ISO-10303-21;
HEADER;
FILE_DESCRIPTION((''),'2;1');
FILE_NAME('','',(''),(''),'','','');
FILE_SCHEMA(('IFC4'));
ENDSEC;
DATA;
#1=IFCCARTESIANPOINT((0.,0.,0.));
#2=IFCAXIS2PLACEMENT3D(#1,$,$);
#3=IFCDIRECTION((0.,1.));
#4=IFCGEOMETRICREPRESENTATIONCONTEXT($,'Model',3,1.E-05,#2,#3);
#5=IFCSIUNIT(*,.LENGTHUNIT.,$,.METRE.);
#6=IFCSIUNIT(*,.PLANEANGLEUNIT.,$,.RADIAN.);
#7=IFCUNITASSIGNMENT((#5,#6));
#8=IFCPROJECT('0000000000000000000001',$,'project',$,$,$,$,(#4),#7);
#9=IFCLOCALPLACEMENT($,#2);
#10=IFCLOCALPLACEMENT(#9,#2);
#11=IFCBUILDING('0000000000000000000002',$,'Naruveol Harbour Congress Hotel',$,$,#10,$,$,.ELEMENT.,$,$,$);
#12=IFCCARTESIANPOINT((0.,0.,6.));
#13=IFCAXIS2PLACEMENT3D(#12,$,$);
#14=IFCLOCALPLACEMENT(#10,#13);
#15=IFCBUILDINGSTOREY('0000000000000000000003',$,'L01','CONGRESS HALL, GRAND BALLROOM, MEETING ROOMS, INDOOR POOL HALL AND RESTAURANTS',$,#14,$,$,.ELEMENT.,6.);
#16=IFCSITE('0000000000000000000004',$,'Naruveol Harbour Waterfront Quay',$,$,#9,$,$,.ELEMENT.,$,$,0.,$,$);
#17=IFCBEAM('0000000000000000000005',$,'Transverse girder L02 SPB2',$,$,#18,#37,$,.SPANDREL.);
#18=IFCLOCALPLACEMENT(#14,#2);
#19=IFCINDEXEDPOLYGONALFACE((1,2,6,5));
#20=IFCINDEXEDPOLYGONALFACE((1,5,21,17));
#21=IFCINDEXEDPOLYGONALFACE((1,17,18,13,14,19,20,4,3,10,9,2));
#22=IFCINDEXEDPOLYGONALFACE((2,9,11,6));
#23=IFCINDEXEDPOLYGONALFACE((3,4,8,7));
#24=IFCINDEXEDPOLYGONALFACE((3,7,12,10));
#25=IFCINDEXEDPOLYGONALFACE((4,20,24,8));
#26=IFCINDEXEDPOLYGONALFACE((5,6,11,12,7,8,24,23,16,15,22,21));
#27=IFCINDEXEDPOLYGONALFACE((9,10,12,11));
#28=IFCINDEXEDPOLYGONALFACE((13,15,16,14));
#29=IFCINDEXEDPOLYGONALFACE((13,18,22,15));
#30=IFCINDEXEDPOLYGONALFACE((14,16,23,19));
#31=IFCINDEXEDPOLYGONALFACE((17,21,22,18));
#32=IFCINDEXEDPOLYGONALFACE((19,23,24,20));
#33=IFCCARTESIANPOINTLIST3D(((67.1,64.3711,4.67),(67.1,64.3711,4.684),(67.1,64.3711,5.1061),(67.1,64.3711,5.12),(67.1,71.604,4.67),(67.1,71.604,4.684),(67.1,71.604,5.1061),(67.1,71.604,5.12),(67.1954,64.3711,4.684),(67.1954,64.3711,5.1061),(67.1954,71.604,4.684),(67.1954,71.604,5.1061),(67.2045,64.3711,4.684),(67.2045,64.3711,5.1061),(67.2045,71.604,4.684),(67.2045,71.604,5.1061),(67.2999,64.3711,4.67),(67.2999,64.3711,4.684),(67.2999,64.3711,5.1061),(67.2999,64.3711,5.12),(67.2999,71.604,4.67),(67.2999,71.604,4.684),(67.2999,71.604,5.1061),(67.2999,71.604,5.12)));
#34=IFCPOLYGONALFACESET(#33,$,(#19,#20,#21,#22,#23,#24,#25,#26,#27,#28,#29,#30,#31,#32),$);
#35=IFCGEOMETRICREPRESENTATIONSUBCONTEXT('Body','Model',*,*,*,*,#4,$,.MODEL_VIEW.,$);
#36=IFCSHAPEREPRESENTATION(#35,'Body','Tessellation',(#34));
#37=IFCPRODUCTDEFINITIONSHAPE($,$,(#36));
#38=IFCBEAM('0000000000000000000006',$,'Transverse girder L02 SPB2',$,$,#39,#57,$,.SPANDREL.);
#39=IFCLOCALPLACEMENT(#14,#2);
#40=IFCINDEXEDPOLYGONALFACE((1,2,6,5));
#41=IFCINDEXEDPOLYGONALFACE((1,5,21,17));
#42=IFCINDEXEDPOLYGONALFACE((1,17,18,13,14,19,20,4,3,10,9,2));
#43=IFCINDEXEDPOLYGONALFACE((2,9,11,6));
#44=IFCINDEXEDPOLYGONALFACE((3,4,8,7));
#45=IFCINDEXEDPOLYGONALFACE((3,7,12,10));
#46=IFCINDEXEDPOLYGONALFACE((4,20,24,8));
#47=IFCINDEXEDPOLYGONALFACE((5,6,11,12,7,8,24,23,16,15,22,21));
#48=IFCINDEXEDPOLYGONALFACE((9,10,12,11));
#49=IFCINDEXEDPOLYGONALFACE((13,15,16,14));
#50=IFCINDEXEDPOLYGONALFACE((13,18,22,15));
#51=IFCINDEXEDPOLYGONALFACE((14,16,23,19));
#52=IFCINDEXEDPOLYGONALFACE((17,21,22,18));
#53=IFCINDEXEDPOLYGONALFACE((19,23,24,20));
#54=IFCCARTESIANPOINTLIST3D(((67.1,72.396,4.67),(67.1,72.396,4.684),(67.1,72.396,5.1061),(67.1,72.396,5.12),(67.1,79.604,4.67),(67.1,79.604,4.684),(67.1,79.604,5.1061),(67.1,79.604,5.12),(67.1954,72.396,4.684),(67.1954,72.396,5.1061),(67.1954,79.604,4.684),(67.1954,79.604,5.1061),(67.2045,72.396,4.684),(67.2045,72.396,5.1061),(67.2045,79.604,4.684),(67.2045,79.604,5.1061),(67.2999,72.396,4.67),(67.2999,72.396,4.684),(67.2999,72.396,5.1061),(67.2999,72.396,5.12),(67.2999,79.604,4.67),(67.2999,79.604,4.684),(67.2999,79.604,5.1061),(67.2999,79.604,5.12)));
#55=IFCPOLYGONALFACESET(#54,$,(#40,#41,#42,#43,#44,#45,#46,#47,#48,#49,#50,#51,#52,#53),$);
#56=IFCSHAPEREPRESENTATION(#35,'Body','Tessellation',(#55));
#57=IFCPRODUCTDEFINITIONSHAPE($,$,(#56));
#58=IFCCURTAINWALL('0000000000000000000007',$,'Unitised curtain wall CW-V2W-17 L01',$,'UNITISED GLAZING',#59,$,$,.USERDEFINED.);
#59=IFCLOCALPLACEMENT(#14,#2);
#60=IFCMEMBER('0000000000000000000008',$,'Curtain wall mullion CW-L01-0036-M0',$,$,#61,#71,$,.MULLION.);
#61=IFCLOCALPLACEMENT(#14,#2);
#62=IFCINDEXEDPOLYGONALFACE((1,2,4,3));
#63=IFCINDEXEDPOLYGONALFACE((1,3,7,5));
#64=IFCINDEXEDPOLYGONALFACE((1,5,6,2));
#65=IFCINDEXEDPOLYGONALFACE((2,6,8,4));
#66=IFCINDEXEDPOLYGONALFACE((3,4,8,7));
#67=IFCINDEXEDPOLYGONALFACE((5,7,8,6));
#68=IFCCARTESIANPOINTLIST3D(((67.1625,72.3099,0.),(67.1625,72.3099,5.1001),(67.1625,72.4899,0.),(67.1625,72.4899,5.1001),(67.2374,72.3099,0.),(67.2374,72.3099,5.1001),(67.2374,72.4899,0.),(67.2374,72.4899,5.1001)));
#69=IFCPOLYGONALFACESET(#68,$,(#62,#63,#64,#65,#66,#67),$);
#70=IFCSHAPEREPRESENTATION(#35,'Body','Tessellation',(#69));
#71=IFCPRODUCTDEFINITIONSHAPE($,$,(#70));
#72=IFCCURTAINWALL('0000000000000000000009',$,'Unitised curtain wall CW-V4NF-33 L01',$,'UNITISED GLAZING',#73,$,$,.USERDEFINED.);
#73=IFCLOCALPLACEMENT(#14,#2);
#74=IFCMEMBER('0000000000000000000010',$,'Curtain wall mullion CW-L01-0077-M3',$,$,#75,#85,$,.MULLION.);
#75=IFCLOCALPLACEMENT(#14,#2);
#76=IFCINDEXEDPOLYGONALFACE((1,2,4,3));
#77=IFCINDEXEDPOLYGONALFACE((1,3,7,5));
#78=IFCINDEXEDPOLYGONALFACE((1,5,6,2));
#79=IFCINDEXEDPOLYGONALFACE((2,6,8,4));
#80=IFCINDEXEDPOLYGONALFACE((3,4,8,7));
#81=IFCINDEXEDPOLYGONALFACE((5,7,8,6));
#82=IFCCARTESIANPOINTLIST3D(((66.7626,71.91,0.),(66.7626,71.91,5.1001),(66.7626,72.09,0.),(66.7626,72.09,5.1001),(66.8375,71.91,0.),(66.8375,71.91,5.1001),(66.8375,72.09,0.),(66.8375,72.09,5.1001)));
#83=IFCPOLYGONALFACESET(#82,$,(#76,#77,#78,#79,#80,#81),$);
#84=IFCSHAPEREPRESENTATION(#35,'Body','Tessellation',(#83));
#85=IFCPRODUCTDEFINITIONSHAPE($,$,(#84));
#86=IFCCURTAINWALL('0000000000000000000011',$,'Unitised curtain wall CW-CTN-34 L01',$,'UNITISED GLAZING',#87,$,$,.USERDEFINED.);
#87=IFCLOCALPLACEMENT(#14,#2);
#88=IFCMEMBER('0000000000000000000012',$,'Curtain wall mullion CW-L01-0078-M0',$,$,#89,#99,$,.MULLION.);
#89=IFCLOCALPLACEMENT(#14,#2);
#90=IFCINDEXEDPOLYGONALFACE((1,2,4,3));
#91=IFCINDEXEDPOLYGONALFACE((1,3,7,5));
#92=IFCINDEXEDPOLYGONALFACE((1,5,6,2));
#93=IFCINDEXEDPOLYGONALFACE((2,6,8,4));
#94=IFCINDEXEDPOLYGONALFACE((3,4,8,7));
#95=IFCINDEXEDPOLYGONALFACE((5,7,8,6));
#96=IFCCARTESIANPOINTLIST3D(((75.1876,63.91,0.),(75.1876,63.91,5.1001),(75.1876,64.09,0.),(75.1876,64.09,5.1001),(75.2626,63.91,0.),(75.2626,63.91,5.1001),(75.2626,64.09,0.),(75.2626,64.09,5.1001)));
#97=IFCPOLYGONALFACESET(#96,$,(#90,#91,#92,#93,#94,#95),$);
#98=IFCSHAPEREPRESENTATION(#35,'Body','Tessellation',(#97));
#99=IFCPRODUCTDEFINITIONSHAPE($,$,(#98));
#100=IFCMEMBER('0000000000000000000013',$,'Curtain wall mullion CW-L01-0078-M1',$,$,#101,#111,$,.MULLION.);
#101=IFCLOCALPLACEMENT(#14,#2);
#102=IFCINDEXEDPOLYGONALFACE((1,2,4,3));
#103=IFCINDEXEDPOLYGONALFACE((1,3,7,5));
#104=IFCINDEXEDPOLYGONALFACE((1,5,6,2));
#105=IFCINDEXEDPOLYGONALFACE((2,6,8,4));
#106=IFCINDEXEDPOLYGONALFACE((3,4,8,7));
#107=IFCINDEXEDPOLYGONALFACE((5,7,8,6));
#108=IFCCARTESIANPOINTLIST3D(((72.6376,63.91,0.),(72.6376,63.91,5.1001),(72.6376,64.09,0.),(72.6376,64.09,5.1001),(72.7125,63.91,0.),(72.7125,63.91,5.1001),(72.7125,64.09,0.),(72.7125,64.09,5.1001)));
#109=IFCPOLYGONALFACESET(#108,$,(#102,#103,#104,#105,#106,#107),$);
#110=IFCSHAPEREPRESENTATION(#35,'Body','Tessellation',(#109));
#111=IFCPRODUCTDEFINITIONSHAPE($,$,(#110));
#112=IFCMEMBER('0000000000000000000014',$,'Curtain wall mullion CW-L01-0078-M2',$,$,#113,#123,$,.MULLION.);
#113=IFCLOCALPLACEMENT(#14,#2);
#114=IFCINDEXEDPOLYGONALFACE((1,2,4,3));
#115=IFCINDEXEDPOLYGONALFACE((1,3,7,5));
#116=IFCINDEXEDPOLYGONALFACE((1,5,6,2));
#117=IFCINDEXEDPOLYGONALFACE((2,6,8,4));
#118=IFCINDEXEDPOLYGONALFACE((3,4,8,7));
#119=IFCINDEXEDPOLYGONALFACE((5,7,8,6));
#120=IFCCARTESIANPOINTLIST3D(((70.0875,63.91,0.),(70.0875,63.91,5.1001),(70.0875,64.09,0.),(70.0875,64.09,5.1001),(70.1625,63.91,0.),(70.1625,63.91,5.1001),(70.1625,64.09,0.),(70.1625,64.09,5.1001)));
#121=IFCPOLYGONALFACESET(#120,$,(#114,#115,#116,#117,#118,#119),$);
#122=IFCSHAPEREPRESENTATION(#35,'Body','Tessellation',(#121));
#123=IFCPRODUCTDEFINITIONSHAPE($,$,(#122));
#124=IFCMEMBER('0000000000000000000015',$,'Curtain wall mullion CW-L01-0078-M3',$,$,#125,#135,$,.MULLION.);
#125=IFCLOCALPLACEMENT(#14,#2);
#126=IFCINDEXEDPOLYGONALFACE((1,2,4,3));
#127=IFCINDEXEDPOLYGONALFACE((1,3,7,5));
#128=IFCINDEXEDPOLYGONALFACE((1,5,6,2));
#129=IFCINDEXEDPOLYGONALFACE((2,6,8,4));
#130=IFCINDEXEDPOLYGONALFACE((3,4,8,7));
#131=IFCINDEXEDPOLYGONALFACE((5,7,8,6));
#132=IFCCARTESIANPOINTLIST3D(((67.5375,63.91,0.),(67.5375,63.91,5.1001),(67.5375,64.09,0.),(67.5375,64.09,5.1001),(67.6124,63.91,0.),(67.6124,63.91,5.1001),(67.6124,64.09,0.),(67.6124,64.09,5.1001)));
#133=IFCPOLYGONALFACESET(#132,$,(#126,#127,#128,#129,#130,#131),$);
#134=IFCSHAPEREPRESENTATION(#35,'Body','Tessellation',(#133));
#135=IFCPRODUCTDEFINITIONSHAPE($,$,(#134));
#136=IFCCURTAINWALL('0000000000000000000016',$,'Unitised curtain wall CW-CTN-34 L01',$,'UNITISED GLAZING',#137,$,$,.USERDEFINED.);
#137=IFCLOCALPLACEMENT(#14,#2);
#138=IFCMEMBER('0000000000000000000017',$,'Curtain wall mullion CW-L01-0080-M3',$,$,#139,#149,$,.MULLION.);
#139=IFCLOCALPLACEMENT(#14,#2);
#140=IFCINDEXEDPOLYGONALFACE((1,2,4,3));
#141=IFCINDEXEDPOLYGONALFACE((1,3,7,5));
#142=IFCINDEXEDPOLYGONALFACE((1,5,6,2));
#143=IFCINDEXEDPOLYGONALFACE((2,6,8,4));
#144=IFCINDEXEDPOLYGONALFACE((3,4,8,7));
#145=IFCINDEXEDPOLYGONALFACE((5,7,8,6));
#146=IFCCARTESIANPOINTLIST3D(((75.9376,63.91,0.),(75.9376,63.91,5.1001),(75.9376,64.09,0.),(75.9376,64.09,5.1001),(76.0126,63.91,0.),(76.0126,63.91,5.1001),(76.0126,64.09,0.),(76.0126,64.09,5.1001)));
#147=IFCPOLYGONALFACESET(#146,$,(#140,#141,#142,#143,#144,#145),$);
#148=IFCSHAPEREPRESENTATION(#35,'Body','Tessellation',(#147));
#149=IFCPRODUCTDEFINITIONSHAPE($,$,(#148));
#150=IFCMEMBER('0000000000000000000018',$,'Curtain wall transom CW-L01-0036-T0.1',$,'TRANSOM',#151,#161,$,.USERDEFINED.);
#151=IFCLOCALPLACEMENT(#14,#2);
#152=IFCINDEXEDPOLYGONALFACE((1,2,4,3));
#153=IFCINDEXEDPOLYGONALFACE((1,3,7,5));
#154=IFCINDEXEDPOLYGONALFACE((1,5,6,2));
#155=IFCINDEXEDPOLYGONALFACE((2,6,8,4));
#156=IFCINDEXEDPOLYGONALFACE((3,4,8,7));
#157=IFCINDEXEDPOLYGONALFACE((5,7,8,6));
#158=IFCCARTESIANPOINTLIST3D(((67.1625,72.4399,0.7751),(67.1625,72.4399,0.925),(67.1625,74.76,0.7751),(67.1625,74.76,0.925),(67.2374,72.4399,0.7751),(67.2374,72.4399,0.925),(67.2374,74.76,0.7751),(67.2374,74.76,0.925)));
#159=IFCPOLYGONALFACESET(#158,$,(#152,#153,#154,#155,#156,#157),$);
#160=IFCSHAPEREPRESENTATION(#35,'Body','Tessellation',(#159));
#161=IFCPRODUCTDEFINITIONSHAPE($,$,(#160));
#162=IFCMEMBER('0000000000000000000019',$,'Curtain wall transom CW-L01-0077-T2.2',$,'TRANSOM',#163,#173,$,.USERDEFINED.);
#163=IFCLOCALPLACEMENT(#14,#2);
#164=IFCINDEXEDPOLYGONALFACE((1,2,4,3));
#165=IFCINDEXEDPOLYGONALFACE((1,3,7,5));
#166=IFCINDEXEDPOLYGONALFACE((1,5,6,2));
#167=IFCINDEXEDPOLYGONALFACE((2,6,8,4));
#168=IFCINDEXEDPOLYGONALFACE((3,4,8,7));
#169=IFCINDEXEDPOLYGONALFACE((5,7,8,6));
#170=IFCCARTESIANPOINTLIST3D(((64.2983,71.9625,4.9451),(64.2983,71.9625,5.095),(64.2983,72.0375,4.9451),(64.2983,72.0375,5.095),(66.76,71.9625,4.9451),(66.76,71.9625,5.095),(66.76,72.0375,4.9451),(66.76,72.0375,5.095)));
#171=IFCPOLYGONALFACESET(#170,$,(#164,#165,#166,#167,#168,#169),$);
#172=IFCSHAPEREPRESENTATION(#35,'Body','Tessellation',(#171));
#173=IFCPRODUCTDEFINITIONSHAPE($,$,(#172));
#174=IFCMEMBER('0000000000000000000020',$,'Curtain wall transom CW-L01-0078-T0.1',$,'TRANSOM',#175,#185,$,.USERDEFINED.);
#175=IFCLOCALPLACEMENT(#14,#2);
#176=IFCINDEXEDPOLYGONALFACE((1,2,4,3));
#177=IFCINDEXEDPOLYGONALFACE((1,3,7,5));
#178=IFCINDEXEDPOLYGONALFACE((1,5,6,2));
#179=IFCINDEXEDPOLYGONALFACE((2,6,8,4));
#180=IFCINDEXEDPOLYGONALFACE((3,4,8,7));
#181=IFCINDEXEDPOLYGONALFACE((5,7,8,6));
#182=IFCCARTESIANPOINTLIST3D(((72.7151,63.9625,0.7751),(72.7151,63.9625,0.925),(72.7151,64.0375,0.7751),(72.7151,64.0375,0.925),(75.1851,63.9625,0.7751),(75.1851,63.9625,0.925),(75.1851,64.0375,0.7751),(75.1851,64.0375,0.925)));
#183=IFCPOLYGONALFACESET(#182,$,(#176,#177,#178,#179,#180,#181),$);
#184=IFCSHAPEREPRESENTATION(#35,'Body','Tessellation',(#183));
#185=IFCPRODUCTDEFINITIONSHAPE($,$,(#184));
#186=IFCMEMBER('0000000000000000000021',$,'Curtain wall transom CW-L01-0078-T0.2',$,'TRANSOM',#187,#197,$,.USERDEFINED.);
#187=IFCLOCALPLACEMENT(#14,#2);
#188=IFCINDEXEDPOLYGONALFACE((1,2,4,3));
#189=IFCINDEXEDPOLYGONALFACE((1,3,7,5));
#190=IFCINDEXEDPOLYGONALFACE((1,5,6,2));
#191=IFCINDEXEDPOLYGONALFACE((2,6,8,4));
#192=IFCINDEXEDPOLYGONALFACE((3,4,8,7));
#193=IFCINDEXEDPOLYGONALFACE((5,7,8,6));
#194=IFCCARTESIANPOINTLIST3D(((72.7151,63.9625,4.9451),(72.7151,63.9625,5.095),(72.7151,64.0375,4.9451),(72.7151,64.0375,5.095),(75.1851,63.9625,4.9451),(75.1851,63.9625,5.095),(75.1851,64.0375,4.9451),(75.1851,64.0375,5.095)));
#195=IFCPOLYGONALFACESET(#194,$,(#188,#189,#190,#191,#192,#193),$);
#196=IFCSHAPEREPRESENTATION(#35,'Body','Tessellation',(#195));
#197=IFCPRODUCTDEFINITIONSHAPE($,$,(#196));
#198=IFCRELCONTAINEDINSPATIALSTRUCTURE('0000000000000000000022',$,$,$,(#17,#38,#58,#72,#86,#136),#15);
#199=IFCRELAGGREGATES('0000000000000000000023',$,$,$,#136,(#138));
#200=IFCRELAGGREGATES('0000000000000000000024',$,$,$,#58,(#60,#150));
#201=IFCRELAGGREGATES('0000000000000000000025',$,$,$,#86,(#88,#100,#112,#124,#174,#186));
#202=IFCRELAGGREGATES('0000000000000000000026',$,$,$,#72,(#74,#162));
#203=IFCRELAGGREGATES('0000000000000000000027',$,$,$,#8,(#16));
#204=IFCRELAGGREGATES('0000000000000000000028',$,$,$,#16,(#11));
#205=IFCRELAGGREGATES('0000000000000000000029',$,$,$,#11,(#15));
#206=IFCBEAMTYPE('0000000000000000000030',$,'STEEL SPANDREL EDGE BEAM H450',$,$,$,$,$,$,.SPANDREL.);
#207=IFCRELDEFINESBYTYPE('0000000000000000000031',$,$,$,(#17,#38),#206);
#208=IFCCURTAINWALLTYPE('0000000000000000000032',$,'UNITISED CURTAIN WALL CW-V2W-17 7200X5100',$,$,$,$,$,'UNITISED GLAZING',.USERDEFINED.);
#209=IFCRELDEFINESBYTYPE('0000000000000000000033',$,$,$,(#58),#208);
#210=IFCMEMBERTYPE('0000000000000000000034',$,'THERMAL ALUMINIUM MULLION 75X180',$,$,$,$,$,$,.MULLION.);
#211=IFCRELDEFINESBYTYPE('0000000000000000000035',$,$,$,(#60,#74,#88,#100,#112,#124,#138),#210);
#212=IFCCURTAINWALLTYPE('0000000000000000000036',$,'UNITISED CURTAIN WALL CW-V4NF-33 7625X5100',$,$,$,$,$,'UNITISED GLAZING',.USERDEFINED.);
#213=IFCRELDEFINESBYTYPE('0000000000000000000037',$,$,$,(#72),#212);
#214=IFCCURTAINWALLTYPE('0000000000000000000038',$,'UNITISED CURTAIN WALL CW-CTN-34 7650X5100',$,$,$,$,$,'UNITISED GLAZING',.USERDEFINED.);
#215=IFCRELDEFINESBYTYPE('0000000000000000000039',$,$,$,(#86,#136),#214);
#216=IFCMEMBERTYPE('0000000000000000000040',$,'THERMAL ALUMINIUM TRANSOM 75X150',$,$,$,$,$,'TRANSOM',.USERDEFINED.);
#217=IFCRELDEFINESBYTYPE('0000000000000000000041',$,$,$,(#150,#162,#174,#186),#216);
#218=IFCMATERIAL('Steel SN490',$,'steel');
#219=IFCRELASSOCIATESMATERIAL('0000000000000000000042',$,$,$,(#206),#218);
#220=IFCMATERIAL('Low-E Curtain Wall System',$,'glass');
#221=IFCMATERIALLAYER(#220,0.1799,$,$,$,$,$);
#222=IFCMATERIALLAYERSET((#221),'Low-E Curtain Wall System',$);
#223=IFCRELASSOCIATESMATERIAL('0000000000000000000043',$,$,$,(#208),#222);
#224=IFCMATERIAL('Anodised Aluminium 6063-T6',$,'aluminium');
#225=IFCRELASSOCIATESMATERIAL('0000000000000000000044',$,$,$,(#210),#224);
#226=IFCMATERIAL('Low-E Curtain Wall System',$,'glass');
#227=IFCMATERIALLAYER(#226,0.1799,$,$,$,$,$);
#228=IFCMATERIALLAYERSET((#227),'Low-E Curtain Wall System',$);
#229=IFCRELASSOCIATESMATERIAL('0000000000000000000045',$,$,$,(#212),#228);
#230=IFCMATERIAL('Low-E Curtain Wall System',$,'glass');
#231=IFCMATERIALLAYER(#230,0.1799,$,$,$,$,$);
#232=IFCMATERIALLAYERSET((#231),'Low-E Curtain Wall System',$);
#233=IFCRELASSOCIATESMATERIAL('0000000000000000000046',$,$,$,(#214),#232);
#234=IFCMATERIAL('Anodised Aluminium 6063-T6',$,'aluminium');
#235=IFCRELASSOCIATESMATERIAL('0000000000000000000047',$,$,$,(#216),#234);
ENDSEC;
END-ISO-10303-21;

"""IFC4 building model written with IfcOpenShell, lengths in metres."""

from ifc_helpers import new_model, si_unit, direction, frame, origin, origin_2d, place, context, subcontext, project, spatial, rectangle, i_section, extrude, material, layer, layer_set, material_profile, profile_set, type_object, element, aggregate, save


model = new_model("IFC4")

# Units and contexts
model_context = context("Model", 3, precision=1e-05, world=origin(), true_north=direction((0.0, 1.0)))
body_context = subcontext(model_context, "Body", "Model", "MODEL_VIEW")
ifc_project = project(units=[si_unit("LENGTHUNIT", "METRE"), si_unit("PLANEANGLEUNIT", "RADIAN")], contexts=[model_context])

# Site, building, storey
site_placement = place(None, origin())
site = spatial("IfcSite", under=ifc_project, at=site_placement, Name="Naruveol Harbour Waterfront Quay", CompositionType="ELEMENT", RefElevation=0.0)
building_placement = place(site_placement, origin())
building = spatial("IfcBuilding", under=site, at=building_placement, Name="Naruveol Harbour Congress Hotel", CompositionType="ELEMENT")
storey_placement = place(building_placement, frame((0.0, 0.0, 6.0)))
storey = spatial("IfcBuildingStorey", under=building, at=storey_placement, Name="L01", Description="CONGRESS HALL, GRAND BALLROOM, MEETING ROOMS, INDOOR POOL HALL AND RESTAURANTS", CompositionType="ELEMENT", Elevation=6.0)

# Beams
ifc_material_1 = material(Name="Steel SN490", Category="steel")
ifc_material_profile_1 = material_profile(ifc_material_1, i_section(OverallWidth=0.2, OverallDepth=0.45, WebThickness=0.009, FlangeThickness=0.0139, at=origin_2d()), Name="H-450x200x9x14")
ifc_profile_set_1 = profile_set([ifc_material_profile_1], Name="Steel SN490")
beam_type_1 = type_object("IfcBeamType", Name="STEEL SPANDREL EDGE BEAM H450", PredefinedType="SPANDREL", material=ifc_profile_set_1)
beam_1_placement = place(storey_placement, frame((67.2, 64.3711, 4.895), z_axis=(0.0, 1.0, 0.0), x_axis=(-1.0, 0.0, 0.0)))
element("IfcBeam", 1, at=beam_1_placement, inside=storey, type_object=beam_type_1, Name="Transverse girder L02 SPB2", PredefinedType="SPANDREL", context=body_context, shape_type="SweptSolid", body=[
    extrude(i_section(OverallWidth=0.2, OverallDepth=0.45, WebThickness=0.009, FlangeThickness=0.0139, at=origin_2d()), origin(), (0.0, 0.0, 1.0), 7.2329),
])
beam_2_placement = place(storey_placement, frame((67.2, 72.396, 4.895), z_axis=(0.0, 1.0, 0.0), x_axis=(-1.0, 0.0, 0.0)))
element("IfcBeam", 2, at=beam_2_placement, inside=storey, type_object=beam_type_1, Name="Transverse girder L02 SPB2", PredefinedType="SPANDREL", context=body_context, shape_type="SweptSolid", body=[
    extrude(i_section(OverallWidth=0.2, OverallDepth=0.45, WebThickness=0.009, FlangeThickness=0.0139, at=origin_2d()), origin(), (0.0, 0.0, 1.0), 7.208),
])

# Curtain walls, members
ifc_material_2 = material(Name="Low-E Curtain Wall System", Category="glass")
ifc_layer_1 = layer(ifc_material_2, 0.1799)
ifc_layer_set_1 = layer_set([ifc_layer_1], Name="Low-E Curtain Wall System")
curtain_wall_type_1 = type_object("IfcCurtainWallType", Name="UNITISED CURTAIN WALL CW-V2W-17 7200X5100", ElementType="UNITISED GLAZING", PredefinedType="USERDEFINED", material=ifc_layer_set_1)
curtain_wall_1_placement = place(storey_placement, origin())
curtain_wall_1 = element("IfcCurtainWall", 3, at=curtain_wall_1_placement, inside=storey, type_object=curtain_wall_type_1, Name="Unitised curtain wall CW-V2W-17 L01", ObjectType="UNITISED GLAZING", PredefinedType="USERDEFINED")
ifc_material_3 = material(Name="Anodised Aluminium 6063-T6", Category="aluminium")
ifc_material_profile_2 = material_profile(ifc_material_3, rectangle(XDim=0.075, YDim=0.1799, at=origin_2d()), Name="ALU-75x180")
ifc_profile_set_2 = profile_set([ifc_material_profile_2], Name="Anodised Aluminium 6063-T6")
member_type_1 = type_object("IfcMemberType", Name="THERMAL ALUMINIUM MULLION 75X180", PredefinedType="MULLION", material=ifc_profile_set_2)
member_1_placement = place(storey_placement, frame((67.2, 72.3999, 0.0), z_axis=(0.0, 0.0, 1.0), x_axis=(1.0, 0.0, 0.0)))
member_1 = element("IfcMember", 4, at=member_1_placement, type_object=member_type_1, Name="Curtain wall mullion CW-L01-0036-M0", PredefinedType="MULLION", context=body_context, shape_type="SweptSolid", body=[
    extrude(rectangle(XDim=0.075, YDim=0.1799, at=origin_2d()), origin(), (0.0, 0.0, 1.0), 5.1001),
])
ifc_material_4 = material(Name="Low-E Curtain Wall System", Category="glass")
ifc_layer_2 = layer(ifc_material_4, 0.1799)
ifc_layer_set_2 = layer_set([ifc_layer_2], Name="Low-E Curtain Wall System")
curtain_wall_type_2 = type_object("IfcCurtainWallType", Name="UNITISED CURTAIN WALL CW-V4NF-33 7625X5100", ElementType="UNITISED GLAZING", PredefinedType="USERDEFINED", material=ifc_layer_set_2)
curtain_wall_2_placement = place(storey_placement, origin())
curtain_wall_2 = element("IfcCurtainWall", 5, at=curtain_wall_2_placement, inside=storey, type_object=curtain_wall_type_2, Name="Unitised curtain wall CW-V4NF-33 L01", ObjectType="UNITISED GLAZING", PredefinedType="USERDEFINED")
member_2_placement = place(storey_placement, frame((66.8, 72.0, 0.0), z_axis=(0.0, 0.0, 1.0), x_axis=(1.0, 0.0, 0.0)))
member_2 = element("IfcMember", 6, at=member_2_placement, type_object=member_type_1, Name="Curtain wall mullion CW-L01-0077-M3", PredefinedType="MULLION", context=body_context, shape_type="SweptSolid", body=[
    extrude(rectangle(XDim=0.075, YDim=0.1799, at=origin_2d()), origin(), (0.0, 0.0, 1.0), 5.1001),
])

# Curtain wall, members
ifc_material_5 = material(Name="Low-E Curtain Wall System", Category="glass")
ifc_layer_3 = layer(ifc_material_5, 0.1799)
ifc_layer_set_3 = layer_set([ifc_layer_3], Name="Low-E Curtain Wall System")
curtain_wall_type_3 = type_object("IfcCurtainWallType", Name="UNITISED CURTAIN WALL CW-CTN-34 7650X5100", ElementType="UNITISED GLAZING", PredefinedType="USERDEFINED", material=ifc_layer_set_3)
curtain_wall_3_placement = place(storey_placement, origin())
curtain_wall_3 = element("IfcCurtainWall", 7, at=curtain_wall_3_placement, inside=storey, type_object=curtain_wall_type_3, Name="Unitised curtain wall CW-CTN-34 L01", ObjectType="UNITISED GLAZING", PredefinedType="USERDEFINED")
member_3_placement = place(storey_placement, frame((75.2251, 64.0, 0.0), z_axis=(0.0, 0.0, 1.0), x_axis=(1.0, 0.0, 0.0)))
member_3 = element("IfcMember", 8, at=member_3_placement, type_object=member_type_1, Name="Curtain wall mullion CW-L01-0078-M0", PredefinedType="MULLION", context=body_context, shape_type="SweptSolid", body=[
    extrude(rectangle(XDim=0.075, YDim=0.1799, at=origin_2d()), origin(), (0.0, 0.0, 1.0), 5.1001),
])
member_4_placement = place(storey_placement, frame((72.675, 64.0, 0.0), z_axis=(0.0, 0.0, 1.0), x_axis=(1.0, 0.0, 0.0)))
member_4 = element("IfcMember", 9, at=member_4_placement, type_object=member_type_1, Name="Curtain wall mullion CW-L01-0078-M1", PredefinedType="MULLION", context=body_context, shape_type="SweptSolid", body=[
    extrude(rectangle(XDim=0.075, YDim=0.1799, at=origin_2d()), origin(), (0.0, 0.0, 1.0), 5.1001),
])
member_5_placement = place(storey_placement, frame((70.125, 64.0, 0.0), z_axis=(0.0, 0.0, 1.0), x_axis=(1.0, 0.0, 0.0)))
member_5 = element("IfcMember", 10, at=member_5_placement, type_object=member_type_1, Name="Curtain wall mullion CW-L01-0078-M2", PredefinedType="MULLION", context=body_context, shape_type="SweptSolid", body=[
    extrude(rectangle(XDim=0.075, YDim=0.1799, at=origin_2d()), origin(), (0.0, 0.0, 1.0), 5.1001),
])
member_6_placement = place(storey_placement, frame((67.575, 64.0, 0.0), z_axis=(0.0, 0.0, 1.0), x_axis=(1.0, 0.0, 0.0)))
member_6 = element("IfcMember", 11, at=member_6_placement, type_object=member_type_1, Name="Curtain wall mullion CW-L01-0078-M3", PredefinedType="MULLION", context=body_context, shape_type="SweptSolid", body=[
    extrude(rectangle(XDim=0.075, YDim=0.1799, at=origin_2d()), origin(), (0.0, 0.0, 1.0), 5.1001),
])

# Curtain wall, member
curtain_wall_4_placement = place(storey_placement, origin())
curtain_wall_4 = element("IfcCurtainWall", 12, at=curtain_wall_4_placement, inside=storey, type_object=curtain_wall_type_3, Name="Unitised curtain wall CW-CTN-34 L01", ObjectType="UNITISED GLAZING", PredefinedType="USERDEFINED")
member_7_placement = place(storey_placement, frame((75.9751, 64.0, 0.0), z_axis=(0.0, 0.0, 1.0), x_axis=(1.0, 0.0, 0.0)))
member_7 = element("IfcMember", 13, at=member_7_placement, type_object=member_type_1, Name="Curtain wall mullion CW-L01-0080-M3", PredefinedType="MULLION", context=body_context, shape_type="SweptSolid", body=[
    extrude(rectangle(XDim=0.075, YDim=0.1799, at=origin_2d()), origin(), (0.0, 0.0, 1.0), 5.1001),
])
aggregate(curtain_wall_4, [member_7])

# Members
ifc_material_6 = material(Name="Anodised Aluminium 6063-T6", Category="aluminium")
ifc_material_profile_3 = material_profile(ifc_material_6, rectangle(XDim=0.075, YDim=0.1499, at=origin_2d()), Name="ALU-75x150")
ifc_profile_set_3 = profile_set([ifc_material_profile_3], Name="Anodised Aluminium 6063-T6")
member_type_2 = type_object("IfcMemberType", Name="THERMAL ALUMINIUM TRANSOM 75X150", ElementType="TRANSOM", PredefinedType="USERDEFINED", material=ifc_profile_set_3)
member_8_placement = place(storey_placement, frame((67.2, 72.4399, 0.8501), z_axis=(0.0, 1.0, 0.0), x_axis=(-1.0, 0.0, 0.0)))
member_8 = element("IfcMember", 14, at=member_8_placement, type_object=member_type_2, Name="Curtain wall transom CW-L01-0036-T0.1", ObjectType="TRANSOM", PredefinedType="USERDEFINED", context=body_context, shape_type="SweptSolid", body=[
    extrude(rectangle(XDim=0.075, YDim=0.1499, at=origin_2d()), origin(), (0.0, 0.0, 1.0), 2.3201),
])
aggregate(curtain_wall_1, [member_1, member_8])
member_9_placement = place(storey_placement, frame((64.2983, 72.0, 5.02), z_axis=(1.0, 0.0, 0.0), x_axis=(0.0, 1.0, 0.0)))
member_9 = element("IfcMember", 15, at=member_9_placement, type_object=member_type_2, Name="Curtain wall transom CW-L01-0077-T2.2", ObjectType="TRANSOM", PredefinedType="USERDEFINED", context=body_context, shape_type="SweptSolid", body=[
    extrude(rectangle(XDim=0.075, YDim=0.1499, at=origin_2d()), origin(), (0.0, 0.0, 1.0), 2.4617),
])
member_10_placement = place(storey_placement, frame((75.1851, 64.0, 0.8501), z_axis=(-1.0, 0.0, 0.0), x_axis=(0.0, -1.0, 0.0)))
member_10 = element("IfcMember", 16, at=member_10_placement, type_object=member_type_2, Name="Curtain wall transom CW-L01-0078-T0.1", ObjectType="TRANSOM", PredefinedType="USERDEFINED", context=body_context, shape_type="SweptSolid", body=[
    extrude(rectangle(XDim=0.075, YDim=0.1499, at=origin_2d()), origin(), (0.0, 0.0, 1.0), 2.47),
])
member_11_placement = place(storey_placement, frame((75.1851, 64.0, 5.02), z_axis=(-1.0, 0.0, 0.0), x_axis=(0.0, -1.0, 0.0)))
member_11 = element("IfcMember", 17, at=member_11_placement, type_object=member_type_2, Name="Curtain wall transom CW-L01-0078-T0.2", ObjectType="TRANSOM", PredefinedType="USERDEFINED", context=body_context, shape_type="SweptSolid", body=[
    extrude(rectangle(XDim=0.075, YDim=0.1499, at=origin_2d()), origin(), (0.0, 0.0, 1.0), 2.47),
])
aggregate(curtain_wall_3, [member_3, member_4, member_5, member_6, member_10, member_11])

aggregate(curtain_wall_2, [member_2, member_9])

save(model, "model.ifc")
